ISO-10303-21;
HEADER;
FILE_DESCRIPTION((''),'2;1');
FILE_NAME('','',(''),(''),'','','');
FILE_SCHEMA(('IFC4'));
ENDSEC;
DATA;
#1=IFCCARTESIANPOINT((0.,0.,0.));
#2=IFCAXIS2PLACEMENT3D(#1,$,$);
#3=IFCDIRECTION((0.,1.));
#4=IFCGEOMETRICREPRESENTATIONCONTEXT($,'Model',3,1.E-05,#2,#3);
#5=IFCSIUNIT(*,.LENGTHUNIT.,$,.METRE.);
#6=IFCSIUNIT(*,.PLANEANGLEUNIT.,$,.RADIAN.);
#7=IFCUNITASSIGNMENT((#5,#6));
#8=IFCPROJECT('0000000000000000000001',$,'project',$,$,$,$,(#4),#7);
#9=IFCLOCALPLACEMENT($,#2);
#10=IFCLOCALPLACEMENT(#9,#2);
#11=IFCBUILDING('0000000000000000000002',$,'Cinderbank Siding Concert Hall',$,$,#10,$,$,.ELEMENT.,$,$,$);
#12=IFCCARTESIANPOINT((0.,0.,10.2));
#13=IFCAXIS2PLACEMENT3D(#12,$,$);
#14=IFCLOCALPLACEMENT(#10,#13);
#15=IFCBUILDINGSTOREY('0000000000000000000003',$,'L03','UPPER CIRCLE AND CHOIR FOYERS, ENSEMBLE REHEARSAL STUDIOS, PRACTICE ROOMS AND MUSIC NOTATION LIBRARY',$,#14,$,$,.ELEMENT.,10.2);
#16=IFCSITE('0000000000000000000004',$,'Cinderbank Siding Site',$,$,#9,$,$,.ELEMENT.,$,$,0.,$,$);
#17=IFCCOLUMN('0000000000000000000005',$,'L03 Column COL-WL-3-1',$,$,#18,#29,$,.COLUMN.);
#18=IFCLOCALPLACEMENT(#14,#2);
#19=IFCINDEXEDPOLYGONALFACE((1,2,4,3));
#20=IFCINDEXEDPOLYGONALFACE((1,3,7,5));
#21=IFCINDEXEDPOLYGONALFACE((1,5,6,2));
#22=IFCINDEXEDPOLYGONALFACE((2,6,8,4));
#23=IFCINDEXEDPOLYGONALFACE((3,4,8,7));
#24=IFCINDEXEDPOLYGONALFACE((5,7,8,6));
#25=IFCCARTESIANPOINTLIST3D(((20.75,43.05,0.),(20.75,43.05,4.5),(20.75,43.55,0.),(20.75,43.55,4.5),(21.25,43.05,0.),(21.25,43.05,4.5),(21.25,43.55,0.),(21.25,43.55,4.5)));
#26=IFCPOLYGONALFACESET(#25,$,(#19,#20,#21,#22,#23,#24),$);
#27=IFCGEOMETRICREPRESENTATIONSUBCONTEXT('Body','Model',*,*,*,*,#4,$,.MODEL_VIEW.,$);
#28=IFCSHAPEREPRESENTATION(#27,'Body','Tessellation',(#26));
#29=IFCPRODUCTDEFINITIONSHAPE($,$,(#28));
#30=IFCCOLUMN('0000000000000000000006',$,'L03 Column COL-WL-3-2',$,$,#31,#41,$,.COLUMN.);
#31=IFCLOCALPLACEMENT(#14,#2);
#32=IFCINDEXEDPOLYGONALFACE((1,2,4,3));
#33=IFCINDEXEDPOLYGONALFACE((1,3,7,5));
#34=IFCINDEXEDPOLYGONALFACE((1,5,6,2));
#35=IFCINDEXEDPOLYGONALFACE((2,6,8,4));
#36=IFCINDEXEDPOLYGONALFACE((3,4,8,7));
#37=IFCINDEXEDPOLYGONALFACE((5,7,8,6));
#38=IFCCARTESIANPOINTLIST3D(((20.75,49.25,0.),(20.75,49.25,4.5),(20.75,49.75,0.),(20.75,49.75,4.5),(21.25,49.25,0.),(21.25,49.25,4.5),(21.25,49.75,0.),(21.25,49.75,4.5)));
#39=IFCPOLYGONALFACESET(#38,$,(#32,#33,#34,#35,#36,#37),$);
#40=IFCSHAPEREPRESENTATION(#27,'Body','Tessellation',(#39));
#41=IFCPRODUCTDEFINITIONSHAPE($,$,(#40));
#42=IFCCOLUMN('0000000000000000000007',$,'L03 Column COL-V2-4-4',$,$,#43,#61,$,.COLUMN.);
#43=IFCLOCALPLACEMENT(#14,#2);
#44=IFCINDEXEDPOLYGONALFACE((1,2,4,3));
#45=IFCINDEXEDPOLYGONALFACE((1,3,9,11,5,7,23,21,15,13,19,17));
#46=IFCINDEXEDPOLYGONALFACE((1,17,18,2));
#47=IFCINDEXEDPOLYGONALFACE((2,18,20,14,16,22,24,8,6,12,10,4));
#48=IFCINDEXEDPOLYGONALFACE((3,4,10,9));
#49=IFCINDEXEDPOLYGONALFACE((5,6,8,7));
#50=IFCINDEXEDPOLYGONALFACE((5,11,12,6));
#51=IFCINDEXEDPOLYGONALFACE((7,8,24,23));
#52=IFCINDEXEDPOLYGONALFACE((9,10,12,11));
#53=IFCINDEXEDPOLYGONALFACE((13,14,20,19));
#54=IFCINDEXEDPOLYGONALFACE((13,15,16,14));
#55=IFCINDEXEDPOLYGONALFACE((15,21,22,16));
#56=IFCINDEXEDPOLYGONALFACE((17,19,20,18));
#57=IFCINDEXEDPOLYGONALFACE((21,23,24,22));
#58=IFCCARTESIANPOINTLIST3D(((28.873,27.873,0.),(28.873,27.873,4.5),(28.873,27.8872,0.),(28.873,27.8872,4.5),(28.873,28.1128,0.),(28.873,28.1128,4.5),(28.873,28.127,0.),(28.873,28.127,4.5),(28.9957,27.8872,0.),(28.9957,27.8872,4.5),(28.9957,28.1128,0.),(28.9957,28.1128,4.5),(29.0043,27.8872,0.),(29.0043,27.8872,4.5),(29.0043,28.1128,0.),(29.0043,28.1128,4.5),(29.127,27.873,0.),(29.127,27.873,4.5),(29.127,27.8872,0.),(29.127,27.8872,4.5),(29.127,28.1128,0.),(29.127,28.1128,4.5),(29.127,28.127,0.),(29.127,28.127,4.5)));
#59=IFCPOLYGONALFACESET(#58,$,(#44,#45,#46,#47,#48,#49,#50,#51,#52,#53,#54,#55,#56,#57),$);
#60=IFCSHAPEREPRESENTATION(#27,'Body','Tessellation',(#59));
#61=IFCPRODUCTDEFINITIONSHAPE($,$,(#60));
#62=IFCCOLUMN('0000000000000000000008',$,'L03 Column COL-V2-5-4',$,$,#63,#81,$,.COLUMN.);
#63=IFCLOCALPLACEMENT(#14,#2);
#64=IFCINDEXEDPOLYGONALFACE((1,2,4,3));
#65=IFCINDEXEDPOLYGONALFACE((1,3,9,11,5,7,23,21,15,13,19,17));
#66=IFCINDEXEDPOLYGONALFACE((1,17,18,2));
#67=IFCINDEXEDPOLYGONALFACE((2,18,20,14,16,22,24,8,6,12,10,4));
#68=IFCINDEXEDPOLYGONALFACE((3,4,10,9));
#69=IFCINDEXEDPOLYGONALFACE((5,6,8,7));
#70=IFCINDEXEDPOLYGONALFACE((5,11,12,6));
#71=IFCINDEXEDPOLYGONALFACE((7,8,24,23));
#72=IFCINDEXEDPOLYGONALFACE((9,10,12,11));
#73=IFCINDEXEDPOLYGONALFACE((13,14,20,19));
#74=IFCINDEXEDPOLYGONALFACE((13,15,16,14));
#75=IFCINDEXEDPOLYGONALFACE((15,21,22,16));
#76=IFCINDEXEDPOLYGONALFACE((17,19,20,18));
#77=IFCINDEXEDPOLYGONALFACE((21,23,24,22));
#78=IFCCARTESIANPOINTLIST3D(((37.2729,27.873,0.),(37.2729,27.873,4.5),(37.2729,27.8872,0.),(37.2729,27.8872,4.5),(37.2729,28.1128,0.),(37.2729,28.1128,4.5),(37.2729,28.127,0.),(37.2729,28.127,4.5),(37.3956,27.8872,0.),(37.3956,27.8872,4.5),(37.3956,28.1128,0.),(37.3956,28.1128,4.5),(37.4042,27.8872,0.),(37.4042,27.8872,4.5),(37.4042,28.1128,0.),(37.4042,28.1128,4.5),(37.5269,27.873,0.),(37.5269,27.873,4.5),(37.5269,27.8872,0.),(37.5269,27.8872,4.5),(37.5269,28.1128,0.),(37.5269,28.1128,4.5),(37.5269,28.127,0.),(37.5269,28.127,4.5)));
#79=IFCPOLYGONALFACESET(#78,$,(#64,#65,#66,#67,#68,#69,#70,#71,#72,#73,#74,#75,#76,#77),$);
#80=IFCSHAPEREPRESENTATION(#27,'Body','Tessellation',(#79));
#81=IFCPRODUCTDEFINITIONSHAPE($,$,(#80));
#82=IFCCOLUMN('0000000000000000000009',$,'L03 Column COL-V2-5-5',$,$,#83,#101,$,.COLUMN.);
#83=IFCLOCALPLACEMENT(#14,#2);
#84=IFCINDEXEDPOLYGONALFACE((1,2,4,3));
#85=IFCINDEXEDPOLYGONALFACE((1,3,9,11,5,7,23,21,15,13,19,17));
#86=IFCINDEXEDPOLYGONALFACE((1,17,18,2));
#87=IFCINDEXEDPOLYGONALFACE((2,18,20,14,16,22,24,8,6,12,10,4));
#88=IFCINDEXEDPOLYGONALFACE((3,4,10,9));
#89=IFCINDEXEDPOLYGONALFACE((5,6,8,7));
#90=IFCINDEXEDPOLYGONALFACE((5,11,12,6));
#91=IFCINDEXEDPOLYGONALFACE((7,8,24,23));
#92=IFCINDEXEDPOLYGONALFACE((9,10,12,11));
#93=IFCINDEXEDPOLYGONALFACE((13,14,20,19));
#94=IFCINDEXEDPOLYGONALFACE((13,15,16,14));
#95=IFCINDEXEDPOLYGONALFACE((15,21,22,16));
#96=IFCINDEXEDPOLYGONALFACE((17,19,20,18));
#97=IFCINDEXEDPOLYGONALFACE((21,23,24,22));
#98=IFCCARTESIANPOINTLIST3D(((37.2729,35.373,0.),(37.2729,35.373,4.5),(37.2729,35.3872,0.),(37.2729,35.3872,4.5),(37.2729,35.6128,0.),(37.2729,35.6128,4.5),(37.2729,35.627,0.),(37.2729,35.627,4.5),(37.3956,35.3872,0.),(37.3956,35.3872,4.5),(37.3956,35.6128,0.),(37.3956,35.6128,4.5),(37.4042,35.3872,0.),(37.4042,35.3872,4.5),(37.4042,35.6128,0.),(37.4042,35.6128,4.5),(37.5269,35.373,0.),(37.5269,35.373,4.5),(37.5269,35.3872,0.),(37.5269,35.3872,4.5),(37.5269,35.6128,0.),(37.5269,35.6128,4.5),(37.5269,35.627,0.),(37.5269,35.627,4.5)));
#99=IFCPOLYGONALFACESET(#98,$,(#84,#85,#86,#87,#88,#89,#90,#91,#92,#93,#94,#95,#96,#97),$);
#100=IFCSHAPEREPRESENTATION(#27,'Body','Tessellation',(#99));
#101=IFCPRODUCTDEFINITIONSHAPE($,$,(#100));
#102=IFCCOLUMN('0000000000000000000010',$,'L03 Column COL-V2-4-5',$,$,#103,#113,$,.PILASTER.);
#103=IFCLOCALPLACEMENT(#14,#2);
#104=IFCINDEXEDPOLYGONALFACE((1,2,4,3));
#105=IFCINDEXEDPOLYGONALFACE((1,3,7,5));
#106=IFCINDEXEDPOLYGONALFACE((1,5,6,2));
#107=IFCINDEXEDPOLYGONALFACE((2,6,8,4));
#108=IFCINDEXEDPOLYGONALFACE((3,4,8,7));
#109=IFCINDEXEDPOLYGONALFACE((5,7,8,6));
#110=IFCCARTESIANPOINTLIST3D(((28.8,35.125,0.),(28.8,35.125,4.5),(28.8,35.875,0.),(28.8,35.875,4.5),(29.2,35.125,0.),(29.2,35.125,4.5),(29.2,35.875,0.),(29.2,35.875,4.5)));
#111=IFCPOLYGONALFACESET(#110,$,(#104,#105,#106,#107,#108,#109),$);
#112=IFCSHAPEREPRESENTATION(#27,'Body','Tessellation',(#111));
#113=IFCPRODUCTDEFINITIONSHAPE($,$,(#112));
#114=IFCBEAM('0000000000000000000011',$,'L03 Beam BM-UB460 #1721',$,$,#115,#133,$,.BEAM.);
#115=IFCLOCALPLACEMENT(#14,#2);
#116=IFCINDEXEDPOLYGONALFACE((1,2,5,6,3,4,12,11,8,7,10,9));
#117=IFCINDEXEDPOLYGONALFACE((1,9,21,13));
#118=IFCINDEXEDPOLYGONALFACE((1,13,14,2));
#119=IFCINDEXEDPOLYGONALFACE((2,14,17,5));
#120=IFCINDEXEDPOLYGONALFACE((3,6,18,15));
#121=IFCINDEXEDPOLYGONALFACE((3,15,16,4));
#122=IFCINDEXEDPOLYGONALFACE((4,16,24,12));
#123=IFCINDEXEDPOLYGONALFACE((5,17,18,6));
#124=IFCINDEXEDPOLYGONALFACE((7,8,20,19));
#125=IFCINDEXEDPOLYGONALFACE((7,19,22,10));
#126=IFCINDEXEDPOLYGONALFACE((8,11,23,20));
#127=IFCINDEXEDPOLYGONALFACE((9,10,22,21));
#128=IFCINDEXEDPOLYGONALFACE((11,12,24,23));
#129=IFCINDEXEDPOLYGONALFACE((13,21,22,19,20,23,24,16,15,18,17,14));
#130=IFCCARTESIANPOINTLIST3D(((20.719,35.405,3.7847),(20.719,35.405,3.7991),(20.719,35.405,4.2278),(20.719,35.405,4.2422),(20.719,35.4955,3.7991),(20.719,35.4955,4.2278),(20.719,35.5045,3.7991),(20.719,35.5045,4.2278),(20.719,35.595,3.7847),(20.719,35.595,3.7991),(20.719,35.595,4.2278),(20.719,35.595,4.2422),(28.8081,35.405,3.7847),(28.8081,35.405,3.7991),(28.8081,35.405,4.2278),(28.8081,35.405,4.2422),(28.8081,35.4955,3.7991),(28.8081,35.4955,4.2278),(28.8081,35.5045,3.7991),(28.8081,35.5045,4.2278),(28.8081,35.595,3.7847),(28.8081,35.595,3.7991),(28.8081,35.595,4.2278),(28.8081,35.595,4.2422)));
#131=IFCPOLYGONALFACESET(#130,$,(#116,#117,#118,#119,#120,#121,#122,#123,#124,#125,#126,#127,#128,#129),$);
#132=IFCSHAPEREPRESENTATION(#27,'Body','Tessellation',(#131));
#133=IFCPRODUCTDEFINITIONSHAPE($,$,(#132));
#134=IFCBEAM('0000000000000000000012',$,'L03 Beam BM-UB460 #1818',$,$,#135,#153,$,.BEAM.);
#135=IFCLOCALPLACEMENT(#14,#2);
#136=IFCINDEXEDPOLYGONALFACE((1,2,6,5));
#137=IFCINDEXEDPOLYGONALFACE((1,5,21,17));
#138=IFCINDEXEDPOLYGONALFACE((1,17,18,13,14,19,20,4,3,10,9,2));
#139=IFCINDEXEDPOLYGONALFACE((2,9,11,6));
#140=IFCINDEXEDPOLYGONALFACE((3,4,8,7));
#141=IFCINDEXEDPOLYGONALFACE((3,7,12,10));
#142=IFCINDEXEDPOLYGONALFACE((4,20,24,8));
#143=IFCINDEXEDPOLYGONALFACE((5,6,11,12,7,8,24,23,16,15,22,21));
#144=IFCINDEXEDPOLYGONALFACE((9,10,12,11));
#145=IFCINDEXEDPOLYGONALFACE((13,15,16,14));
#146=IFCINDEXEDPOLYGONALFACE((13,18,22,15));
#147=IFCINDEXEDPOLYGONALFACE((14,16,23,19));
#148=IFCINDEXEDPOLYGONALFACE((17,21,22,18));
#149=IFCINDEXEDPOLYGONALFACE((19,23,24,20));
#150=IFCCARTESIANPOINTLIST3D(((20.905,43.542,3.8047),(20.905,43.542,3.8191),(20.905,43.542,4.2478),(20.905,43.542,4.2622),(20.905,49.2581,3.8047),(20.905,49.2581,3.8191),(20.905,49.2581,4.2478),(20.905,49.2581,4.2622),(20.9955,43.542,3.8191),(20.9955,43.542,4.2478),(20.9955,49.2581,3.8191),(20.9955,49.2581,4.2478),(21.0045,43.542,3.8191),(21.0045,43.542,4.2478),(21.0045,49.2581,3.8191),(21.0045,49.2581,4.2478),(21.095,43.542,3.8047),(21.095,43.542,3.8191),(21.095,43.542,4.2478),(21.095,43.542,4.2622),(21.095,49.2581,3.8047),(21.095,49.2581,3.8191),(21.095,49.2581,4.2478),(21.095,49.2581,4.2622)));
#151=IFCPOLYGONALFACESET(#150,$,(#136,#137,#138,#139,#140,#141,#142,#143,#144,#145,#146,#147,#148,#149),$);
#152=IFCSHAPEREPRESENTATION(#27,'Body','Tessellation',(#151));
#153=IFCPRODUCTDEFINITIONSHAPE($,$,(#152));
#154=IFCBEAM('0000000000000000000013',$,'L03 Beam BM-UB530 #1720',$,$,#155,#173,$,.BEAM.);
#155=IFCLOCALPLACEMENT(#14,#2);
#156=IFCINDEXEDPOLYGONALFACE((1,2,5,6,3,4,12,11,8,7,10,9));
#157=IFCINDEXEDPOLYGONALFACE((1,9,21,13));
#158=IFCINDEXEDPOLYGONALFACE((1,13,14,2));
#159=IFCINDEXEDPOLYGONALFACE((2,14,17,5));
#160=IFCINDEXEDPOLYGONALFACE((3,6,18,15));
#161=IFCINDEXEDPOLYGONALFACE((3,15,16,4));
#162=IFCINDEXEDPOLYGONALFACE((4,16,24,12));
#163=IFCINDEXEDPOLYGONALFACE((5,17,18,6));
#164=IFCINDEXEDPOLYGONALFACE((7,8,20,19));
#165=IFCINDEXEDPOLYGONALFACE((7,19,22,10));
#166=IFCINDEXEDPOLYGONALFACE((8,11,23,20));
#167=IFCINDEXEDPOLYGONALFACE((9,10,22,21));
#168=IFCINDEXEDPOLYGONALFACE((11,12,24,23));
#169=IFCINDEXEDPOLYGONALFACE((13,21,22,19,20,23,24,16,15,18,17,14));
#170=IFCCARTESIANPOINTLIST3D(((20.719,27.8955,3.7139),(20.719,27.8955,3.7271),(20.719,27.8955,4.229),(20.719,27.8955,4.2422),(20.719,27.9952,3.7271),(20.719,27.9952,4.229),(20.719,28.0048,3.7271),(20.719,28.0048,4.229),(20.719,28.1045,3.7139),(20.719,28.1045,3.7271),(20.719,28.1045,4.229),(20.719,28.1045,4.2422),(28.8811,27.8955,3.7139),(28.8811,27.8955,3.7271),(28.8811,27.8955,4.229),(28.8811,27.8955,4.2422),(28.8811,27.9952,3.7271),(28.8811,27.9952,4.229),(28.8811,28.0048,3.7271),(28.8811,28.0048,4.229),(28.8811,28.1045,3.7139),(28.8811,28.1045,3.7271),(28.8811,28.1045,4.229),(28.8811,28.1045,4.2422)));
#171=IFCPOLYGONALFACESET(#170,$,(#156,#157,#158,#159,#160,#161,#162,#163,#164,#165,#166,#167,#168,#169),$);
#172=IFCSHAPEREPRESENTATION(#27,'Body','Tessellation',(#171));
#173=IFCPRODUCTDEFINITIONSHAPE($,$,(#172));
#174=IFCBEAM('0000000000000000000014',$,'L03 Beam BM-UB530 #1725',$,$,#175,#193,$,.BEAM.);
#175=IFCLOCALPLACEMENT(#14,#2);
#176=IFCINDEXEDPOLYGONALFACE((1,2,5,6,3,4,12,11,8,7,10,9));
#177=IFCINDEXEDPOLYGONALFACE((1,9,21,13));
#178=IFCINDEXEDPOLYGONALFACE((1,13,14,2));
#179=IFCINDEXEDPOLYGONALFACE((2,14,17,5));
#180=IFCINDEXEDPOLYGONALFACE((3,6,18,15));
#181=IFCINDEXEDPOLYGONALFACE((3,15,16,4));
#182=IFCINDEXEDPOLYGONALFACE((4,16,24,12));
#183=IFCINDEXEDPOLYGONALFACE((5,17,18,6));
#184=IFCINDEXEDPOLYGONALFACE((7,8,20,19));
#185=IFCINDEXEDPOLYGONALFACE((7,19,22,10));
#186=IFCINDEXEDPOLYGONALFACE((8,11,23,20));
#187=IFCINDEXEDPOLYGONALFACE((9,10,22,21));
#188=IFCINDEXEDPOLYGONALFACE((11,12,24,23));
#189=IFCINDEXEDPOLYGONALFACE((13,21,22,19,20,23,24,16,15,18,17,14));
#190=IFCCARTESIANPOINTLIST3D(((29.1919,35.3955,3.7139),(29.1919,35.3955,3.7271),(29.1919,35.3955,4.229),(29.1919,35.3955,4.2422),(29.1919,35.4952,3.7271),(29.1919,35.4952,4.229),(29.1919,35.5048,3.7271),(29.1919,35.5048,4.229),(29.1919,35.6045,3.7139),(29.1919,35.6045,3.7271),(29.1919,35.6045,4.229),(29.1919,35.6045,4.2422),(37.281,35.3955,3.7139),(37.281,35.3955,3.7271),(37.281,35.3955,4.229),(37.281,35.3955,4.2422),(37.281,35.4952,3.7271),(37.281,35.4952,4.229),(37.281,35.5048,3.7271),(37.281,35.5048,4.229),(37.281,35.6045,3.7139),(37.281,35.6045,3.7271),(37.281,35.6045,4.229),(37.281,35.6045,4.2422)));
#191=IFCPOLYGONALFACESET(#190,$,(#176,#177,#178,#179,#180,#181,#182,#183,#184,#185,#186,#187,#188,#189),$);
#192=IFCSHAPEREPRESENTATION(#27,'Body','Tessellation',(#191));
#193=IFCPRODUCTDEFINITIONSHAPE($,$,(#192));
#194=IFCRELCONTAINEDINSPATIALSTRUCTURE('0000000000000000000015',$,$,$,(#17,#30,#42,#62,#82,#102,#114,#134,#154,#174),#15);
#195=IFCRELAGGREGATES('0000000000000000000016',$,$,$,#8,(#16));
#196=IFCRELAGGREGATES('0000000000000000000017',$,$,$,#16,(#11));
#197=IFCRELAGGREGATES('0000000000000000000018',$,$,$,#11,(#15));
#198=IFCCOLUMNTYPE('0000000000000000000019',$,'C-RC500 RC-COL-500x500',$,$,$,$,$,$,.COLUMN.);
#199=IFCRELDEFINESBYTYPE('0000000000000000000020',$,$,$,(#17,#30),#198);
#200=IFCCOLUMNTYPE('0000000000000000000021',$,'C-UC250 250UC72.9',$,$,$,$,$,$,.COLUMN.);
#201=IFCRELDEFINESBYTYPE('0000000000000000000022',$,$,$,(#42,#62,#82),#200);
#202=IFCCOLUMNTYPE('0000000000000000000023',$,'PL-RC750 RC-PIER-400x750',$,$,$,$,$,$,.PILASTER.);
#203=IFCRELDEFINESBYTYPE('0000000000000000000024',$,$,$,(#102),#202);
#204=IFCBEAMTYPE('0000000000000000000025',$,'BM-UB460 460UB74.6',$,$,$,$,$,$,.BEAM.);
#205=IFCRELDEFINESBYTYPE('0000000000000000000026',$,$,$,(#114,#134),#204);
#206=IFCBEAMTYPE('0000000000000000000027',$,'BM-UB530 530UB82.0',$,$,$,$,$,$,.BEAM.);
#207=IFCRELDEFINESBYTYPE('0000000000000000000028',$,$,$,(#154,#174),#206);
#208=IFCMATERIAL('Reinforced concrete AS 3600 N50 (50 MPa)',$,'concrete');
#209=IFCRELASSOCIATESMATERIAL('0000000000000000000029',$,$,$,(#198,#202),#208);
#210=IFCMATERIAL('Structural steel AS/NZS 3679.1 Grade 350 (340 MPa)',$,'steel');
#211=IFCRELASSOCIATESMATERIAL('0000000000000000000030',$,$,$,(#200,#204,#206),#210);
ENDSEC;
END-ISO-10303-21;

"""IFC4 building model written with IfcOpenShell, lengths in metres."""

from ifc_helpers import new_model, si_unit, direction, frame, origin, origin_2d, place, context, subcontext, project, spatial, rectangle, i_section, extrude, material, material_profile, profile_set, type_object, element, save


model = new_model("IFC4")

# Units and contexts
model_context = context("Model", 3, precision=1e-05, world=origin(), true_north=direction((0.0, 1.0)))
body_context = subcontext(model_context, "Body", "Model", "MODEL_VIEW")
ifc_project = project(units=[si_unit("LENGTHUNIT", "METRE"), si_unit("PLANEANGLEUNIT", "RADIAN")], contexts=[model_context])

# Site, building, storey
site_placement = place(None, origin())
site = spatial("IfcSite", under=ifc_project, at=site_placement, Name="Cinderbank Siding Site", CompositionType="ELEMENT", RefElevation=0.0)
building_placement = place(site_placement, origin())
building = spatial("IfcBuilding", under=site, at=building_placement, Name="Cinderbank Siding Concert Hall", CompositionType="ELEMENT")
storey_placement = place(building_placement, frame((0.0, 0.0, 10.2)))
storey = spatial("IfcBuildingStorey", under=building, at=storey_placement, Name="L03", Description="UPPER CIRCLE AND CHOIR FOYERS, ENSEMBLE REHEARSAL STUDIOS, PRACTICE ROOMS AND MUSIC NOTATION LIBRARY", CompositionType="ELEMENT", Elevation=10.2)

# Columns
ifc_material_1 = material(Name="Reinforced concrete AS 3600 N50 (50 MPa)", Category="concrete")
ifc_material_profile_1 = material_profile(ifc_material_1, rectangle(XDim=0.5, YDim=0.5, at=origin_2d()), Name="RC-COL-500x500", Category="LoadBearing")
ifc_profile_set_1 = profile_set([ifc_material_profile_1], Name="Reinforced concrete AS 3600 N50 (50 MPa)")
column_type_1 = type_object("IfcColumnType", Name="C-RC500 RC-COL-500x500", PredefinedType="COLUMN", material=ifc_profile_set_1)
for number, where, z_axis, x_axis, name in (
    (1, (21.0, 43.3, 0.0), (0.0, 0.0, 1.0), (1.0, 0.0, 0.0), "L03 Column COL-WL-3-1"),
    (2, (21.0, 49.5, 0.0), (0.0, 0.0, 1.0), (1.0, 0.0, 0.0), "L03 Column COL-WL-3-2"),
):
    element("IfcColumn", number, at=place(storey_placement, frame(where, z_axis=z_axis, x_axis=x_axis)), inside=storey, type_object=column_type_1, Name=name, PredefinedType="COLUMN", context=body_context, shape_type="SweptSolid", body=[
        extrude(rectangle(XDim=0.5, YDim=0.5, at=origin_2d()), origin(), (0.0, 0.0, 1.0), 4.5),
    ])
ifc_material_2 = material(Name="Structural steel AS/NZS 3679.1 Grade 350 (340 MPa)", Category="steel")
ifc_material_profile_2 = material_profile(ifc_material_2, i_section(OverallWidth=0.2539, OverallDepth=0.2539, WebThickness=0.0085, FlangeThickness=0.0142, at=origin_2d()), Name="250UC72.9", Category="LoadBearing")
ifc_profile_set_2 = profile_set([ifc_material_profile_2], Name="Structural steel AS/NZS 3679.1 Grade 350 (340 MPa)")
column_type_2 = type_object("IfcColumnType", Name="C-UC250 250UC72.9", PredefinedType="COLUMN", material=ifc_profile_set_2)
for number, where, z_axis, x_axis, name in (
    (3, (29.0, 28.0, 0.0), (0.0, 0.0, 1.0), (1.0, 0.0, 0.0), "L03 Column COL-V2-4-4"),
    (4, (37.3999, 28.0, 0.0), (0.0, 0.0, 1.0), (1.0, 0.0, 0.0), "L03 Column COL-V2-5-4"),
    (5, (37.3999, 35.5, 0.0), (0.0, 0.0, 1.0), (1.0, 0.0, 0.0), "L03 Column COL-V2-5-5"),
):
    element("IfcColumn", number, at=place(storey_placement, frame(where, z_axis=z_axis, x_axis=x_axis)), inside=storey, type_object=column_type_2, Name=name, PredefinedType="COLUMN", context=body_context, shape_type="SweptSolid", body=[
        extrude(i_section(OverallWidth=0.2539, OverallDepth=0.2539, WebThickness=0.0085, FlangeThickness=0.0142, at=origin_2d()), origin(), (0.0, 0.0, 1.0), 4.5),
    ])
ifc_material_profile_3 = material_profile(ifc_material_1, rectangle(XDim=0.3999, YDim=0.75, at=origin_2d()), Name="RC-PIER-400x750", Category="LoadBearing")
ifc_profile_set_3 = profile_set([ifc_material_profile_3], Name="Reinforced concrete AS 3600 N50 (50 MPa)")
column_type_3 = type_object("IfcColumnType", Name="PL-RC750 RC-PIER-400x750", PredefinedType="PILASTER", material=ifc_profile_set_3)
column_placement = place(storey_placement, frame((29.0, 35.5, 0.0), z_axis=(0.0, 0.0, 1.0), x_axis=(1.0, 0.0, 0.0)))
element("IfcColumn", 6, at=column_placement, inside=storey, type_object=column_type_3, Name="L03 Column COL-V2-4-5", PredefinedType="PILASTER", context=body_context, shape_type="SweptSolid", body=[
    extrude(rectangle(XDim=0.3999, YDim=0.75, at=origin_2d()), origin(), (0.0, 0.0, 1.0), 4.5),
])

# Beams
ifc_material_profile_4 = material_profile(ifc_material_2, i_section(OverallWidth=0.1899, OverallDepth=0.4575, WebThickness=0.009, FlangeThickness=0.0144, at=origin_2d()), Name="460UB74.6", Category="LoadBearing")
ifc_profile_set_4 = profile_set([ifc_material_profile_4], Name="Structural steel AS/NZS 3679.1 Grade 350 (340 MPa)")
beam_type_1 = type_object("IfcBeamType", Name="BM-UB460 460UB74.6", PredefinedType="BEAM", material=ifc_profile_set_4)
beam_1_placement = place(storey_placement, frame((20.719, 35.5, 4.0134), z_axis=(1.0, 0.0, 0.0), x_axis=(0.0, 1.0, 0.0)))
element("IfcBeam", 7, at=beam_1_placement, inside=storey, type_object=beam_type_1, Name="L03 Beam BM-UB460 #1721", PredefinedType="BEAM", context=body_context, shape_type="SweptSolid", body=[
    extrude(i_section(OverallWidth=0.1899, OverallDepth=0.4575, WebThickness=0.009, FlangeThickness=0.0144, at=origin_2d()), origin(), (0.0, 0.0, 1.0), 8.0891),
])
beam_2_placement = place(storey_placement, frame((21.0, 43.542, 4.0334), z_axis=(0.0, 1.0, 0.0), x_axis=(-1.0, 0.0, 0.0)))
element("IfcBeam", 8, at=beam_2_placement, inside=storey, type_object=beam_type_1, Name="L03 Beam BM-UB460 #1818", PredefinedType="BEAM", context=body_context, shape_type="SweptSolid", body=[
    extrude(i_section(OverallWidth=0.1899, OverallDepth=0.4575, WebThickness=0.009, FlangeThickness=0.0144, at=origin_2d()), origin(), (0.0, 0.0, 1.0), 5.7161),
])
ifc_material_profile_5 = material_profile(ifc_material_2, i_section(OverallWidth=0.209, OverallDepth=0.5283, WebThickness=0.0095, FlangeThickness=0.0132, at=origin_2d()), Name="530UB82.0", Category="LoadBearing")
ifc_profile_set_5 = profile_set([ifc_material_profile_5], Name="Structural steel AS/NZS 3679.1 Grade 350 (340 MPa)")
beam_type_2 = type_object("IfcBeamType", Name="BM-UB530 530UB82.0", PredefinedType="BEAM", material=ifc_profile_set_5)
beam_3_placement = place(storey_placement, frame((20.719, 28.0, 3.978), z_axis=(1.0, 0.0, 0.0), x_axis=(0.0, 1.0, 0.0)))
element("IfcBeam", 9, at=beam_3_placement, inside=storey, type_object=beam_type_2, Name="L03 Beam BM-UB530 #1720", PredefinedType="BEAM", context=body_context, shape_type="SweptSolid", body=[
    extrude(i_section(OverallWidth=0.209, OverallDepth=0.5283, WebThickness=0.0095, FlangeThickness=0.0132, at=origin_2d()), origin(), (0.0, 0.0, 1.0), 8.1621),
])
beam_4_placement = place(storey_placement, frame((29.1919, 35.5, 3.978), z_axis=(1.0, 0.0, 0.0), x_axis=(0.0, 1.0, 0.0)))
element("IfcBeam", 10, at=beam_4_placement, inside=storey, type_object=beam_type_2, Name="L03 Beam BM-UB530 #1725", PredefinedType="BEAM", context=body_context, shape_type="SweptSolid", body=[
    extrude(i_section(OverallWidth=0.209, OverallDepth=0.5283, WebThickness=0.0095, FlangeThickness=0.0132, at=origin_2d()), origin(), (0.0, 0.0, 1.0), 8.0891),
])

save(model, "model.ifc")
